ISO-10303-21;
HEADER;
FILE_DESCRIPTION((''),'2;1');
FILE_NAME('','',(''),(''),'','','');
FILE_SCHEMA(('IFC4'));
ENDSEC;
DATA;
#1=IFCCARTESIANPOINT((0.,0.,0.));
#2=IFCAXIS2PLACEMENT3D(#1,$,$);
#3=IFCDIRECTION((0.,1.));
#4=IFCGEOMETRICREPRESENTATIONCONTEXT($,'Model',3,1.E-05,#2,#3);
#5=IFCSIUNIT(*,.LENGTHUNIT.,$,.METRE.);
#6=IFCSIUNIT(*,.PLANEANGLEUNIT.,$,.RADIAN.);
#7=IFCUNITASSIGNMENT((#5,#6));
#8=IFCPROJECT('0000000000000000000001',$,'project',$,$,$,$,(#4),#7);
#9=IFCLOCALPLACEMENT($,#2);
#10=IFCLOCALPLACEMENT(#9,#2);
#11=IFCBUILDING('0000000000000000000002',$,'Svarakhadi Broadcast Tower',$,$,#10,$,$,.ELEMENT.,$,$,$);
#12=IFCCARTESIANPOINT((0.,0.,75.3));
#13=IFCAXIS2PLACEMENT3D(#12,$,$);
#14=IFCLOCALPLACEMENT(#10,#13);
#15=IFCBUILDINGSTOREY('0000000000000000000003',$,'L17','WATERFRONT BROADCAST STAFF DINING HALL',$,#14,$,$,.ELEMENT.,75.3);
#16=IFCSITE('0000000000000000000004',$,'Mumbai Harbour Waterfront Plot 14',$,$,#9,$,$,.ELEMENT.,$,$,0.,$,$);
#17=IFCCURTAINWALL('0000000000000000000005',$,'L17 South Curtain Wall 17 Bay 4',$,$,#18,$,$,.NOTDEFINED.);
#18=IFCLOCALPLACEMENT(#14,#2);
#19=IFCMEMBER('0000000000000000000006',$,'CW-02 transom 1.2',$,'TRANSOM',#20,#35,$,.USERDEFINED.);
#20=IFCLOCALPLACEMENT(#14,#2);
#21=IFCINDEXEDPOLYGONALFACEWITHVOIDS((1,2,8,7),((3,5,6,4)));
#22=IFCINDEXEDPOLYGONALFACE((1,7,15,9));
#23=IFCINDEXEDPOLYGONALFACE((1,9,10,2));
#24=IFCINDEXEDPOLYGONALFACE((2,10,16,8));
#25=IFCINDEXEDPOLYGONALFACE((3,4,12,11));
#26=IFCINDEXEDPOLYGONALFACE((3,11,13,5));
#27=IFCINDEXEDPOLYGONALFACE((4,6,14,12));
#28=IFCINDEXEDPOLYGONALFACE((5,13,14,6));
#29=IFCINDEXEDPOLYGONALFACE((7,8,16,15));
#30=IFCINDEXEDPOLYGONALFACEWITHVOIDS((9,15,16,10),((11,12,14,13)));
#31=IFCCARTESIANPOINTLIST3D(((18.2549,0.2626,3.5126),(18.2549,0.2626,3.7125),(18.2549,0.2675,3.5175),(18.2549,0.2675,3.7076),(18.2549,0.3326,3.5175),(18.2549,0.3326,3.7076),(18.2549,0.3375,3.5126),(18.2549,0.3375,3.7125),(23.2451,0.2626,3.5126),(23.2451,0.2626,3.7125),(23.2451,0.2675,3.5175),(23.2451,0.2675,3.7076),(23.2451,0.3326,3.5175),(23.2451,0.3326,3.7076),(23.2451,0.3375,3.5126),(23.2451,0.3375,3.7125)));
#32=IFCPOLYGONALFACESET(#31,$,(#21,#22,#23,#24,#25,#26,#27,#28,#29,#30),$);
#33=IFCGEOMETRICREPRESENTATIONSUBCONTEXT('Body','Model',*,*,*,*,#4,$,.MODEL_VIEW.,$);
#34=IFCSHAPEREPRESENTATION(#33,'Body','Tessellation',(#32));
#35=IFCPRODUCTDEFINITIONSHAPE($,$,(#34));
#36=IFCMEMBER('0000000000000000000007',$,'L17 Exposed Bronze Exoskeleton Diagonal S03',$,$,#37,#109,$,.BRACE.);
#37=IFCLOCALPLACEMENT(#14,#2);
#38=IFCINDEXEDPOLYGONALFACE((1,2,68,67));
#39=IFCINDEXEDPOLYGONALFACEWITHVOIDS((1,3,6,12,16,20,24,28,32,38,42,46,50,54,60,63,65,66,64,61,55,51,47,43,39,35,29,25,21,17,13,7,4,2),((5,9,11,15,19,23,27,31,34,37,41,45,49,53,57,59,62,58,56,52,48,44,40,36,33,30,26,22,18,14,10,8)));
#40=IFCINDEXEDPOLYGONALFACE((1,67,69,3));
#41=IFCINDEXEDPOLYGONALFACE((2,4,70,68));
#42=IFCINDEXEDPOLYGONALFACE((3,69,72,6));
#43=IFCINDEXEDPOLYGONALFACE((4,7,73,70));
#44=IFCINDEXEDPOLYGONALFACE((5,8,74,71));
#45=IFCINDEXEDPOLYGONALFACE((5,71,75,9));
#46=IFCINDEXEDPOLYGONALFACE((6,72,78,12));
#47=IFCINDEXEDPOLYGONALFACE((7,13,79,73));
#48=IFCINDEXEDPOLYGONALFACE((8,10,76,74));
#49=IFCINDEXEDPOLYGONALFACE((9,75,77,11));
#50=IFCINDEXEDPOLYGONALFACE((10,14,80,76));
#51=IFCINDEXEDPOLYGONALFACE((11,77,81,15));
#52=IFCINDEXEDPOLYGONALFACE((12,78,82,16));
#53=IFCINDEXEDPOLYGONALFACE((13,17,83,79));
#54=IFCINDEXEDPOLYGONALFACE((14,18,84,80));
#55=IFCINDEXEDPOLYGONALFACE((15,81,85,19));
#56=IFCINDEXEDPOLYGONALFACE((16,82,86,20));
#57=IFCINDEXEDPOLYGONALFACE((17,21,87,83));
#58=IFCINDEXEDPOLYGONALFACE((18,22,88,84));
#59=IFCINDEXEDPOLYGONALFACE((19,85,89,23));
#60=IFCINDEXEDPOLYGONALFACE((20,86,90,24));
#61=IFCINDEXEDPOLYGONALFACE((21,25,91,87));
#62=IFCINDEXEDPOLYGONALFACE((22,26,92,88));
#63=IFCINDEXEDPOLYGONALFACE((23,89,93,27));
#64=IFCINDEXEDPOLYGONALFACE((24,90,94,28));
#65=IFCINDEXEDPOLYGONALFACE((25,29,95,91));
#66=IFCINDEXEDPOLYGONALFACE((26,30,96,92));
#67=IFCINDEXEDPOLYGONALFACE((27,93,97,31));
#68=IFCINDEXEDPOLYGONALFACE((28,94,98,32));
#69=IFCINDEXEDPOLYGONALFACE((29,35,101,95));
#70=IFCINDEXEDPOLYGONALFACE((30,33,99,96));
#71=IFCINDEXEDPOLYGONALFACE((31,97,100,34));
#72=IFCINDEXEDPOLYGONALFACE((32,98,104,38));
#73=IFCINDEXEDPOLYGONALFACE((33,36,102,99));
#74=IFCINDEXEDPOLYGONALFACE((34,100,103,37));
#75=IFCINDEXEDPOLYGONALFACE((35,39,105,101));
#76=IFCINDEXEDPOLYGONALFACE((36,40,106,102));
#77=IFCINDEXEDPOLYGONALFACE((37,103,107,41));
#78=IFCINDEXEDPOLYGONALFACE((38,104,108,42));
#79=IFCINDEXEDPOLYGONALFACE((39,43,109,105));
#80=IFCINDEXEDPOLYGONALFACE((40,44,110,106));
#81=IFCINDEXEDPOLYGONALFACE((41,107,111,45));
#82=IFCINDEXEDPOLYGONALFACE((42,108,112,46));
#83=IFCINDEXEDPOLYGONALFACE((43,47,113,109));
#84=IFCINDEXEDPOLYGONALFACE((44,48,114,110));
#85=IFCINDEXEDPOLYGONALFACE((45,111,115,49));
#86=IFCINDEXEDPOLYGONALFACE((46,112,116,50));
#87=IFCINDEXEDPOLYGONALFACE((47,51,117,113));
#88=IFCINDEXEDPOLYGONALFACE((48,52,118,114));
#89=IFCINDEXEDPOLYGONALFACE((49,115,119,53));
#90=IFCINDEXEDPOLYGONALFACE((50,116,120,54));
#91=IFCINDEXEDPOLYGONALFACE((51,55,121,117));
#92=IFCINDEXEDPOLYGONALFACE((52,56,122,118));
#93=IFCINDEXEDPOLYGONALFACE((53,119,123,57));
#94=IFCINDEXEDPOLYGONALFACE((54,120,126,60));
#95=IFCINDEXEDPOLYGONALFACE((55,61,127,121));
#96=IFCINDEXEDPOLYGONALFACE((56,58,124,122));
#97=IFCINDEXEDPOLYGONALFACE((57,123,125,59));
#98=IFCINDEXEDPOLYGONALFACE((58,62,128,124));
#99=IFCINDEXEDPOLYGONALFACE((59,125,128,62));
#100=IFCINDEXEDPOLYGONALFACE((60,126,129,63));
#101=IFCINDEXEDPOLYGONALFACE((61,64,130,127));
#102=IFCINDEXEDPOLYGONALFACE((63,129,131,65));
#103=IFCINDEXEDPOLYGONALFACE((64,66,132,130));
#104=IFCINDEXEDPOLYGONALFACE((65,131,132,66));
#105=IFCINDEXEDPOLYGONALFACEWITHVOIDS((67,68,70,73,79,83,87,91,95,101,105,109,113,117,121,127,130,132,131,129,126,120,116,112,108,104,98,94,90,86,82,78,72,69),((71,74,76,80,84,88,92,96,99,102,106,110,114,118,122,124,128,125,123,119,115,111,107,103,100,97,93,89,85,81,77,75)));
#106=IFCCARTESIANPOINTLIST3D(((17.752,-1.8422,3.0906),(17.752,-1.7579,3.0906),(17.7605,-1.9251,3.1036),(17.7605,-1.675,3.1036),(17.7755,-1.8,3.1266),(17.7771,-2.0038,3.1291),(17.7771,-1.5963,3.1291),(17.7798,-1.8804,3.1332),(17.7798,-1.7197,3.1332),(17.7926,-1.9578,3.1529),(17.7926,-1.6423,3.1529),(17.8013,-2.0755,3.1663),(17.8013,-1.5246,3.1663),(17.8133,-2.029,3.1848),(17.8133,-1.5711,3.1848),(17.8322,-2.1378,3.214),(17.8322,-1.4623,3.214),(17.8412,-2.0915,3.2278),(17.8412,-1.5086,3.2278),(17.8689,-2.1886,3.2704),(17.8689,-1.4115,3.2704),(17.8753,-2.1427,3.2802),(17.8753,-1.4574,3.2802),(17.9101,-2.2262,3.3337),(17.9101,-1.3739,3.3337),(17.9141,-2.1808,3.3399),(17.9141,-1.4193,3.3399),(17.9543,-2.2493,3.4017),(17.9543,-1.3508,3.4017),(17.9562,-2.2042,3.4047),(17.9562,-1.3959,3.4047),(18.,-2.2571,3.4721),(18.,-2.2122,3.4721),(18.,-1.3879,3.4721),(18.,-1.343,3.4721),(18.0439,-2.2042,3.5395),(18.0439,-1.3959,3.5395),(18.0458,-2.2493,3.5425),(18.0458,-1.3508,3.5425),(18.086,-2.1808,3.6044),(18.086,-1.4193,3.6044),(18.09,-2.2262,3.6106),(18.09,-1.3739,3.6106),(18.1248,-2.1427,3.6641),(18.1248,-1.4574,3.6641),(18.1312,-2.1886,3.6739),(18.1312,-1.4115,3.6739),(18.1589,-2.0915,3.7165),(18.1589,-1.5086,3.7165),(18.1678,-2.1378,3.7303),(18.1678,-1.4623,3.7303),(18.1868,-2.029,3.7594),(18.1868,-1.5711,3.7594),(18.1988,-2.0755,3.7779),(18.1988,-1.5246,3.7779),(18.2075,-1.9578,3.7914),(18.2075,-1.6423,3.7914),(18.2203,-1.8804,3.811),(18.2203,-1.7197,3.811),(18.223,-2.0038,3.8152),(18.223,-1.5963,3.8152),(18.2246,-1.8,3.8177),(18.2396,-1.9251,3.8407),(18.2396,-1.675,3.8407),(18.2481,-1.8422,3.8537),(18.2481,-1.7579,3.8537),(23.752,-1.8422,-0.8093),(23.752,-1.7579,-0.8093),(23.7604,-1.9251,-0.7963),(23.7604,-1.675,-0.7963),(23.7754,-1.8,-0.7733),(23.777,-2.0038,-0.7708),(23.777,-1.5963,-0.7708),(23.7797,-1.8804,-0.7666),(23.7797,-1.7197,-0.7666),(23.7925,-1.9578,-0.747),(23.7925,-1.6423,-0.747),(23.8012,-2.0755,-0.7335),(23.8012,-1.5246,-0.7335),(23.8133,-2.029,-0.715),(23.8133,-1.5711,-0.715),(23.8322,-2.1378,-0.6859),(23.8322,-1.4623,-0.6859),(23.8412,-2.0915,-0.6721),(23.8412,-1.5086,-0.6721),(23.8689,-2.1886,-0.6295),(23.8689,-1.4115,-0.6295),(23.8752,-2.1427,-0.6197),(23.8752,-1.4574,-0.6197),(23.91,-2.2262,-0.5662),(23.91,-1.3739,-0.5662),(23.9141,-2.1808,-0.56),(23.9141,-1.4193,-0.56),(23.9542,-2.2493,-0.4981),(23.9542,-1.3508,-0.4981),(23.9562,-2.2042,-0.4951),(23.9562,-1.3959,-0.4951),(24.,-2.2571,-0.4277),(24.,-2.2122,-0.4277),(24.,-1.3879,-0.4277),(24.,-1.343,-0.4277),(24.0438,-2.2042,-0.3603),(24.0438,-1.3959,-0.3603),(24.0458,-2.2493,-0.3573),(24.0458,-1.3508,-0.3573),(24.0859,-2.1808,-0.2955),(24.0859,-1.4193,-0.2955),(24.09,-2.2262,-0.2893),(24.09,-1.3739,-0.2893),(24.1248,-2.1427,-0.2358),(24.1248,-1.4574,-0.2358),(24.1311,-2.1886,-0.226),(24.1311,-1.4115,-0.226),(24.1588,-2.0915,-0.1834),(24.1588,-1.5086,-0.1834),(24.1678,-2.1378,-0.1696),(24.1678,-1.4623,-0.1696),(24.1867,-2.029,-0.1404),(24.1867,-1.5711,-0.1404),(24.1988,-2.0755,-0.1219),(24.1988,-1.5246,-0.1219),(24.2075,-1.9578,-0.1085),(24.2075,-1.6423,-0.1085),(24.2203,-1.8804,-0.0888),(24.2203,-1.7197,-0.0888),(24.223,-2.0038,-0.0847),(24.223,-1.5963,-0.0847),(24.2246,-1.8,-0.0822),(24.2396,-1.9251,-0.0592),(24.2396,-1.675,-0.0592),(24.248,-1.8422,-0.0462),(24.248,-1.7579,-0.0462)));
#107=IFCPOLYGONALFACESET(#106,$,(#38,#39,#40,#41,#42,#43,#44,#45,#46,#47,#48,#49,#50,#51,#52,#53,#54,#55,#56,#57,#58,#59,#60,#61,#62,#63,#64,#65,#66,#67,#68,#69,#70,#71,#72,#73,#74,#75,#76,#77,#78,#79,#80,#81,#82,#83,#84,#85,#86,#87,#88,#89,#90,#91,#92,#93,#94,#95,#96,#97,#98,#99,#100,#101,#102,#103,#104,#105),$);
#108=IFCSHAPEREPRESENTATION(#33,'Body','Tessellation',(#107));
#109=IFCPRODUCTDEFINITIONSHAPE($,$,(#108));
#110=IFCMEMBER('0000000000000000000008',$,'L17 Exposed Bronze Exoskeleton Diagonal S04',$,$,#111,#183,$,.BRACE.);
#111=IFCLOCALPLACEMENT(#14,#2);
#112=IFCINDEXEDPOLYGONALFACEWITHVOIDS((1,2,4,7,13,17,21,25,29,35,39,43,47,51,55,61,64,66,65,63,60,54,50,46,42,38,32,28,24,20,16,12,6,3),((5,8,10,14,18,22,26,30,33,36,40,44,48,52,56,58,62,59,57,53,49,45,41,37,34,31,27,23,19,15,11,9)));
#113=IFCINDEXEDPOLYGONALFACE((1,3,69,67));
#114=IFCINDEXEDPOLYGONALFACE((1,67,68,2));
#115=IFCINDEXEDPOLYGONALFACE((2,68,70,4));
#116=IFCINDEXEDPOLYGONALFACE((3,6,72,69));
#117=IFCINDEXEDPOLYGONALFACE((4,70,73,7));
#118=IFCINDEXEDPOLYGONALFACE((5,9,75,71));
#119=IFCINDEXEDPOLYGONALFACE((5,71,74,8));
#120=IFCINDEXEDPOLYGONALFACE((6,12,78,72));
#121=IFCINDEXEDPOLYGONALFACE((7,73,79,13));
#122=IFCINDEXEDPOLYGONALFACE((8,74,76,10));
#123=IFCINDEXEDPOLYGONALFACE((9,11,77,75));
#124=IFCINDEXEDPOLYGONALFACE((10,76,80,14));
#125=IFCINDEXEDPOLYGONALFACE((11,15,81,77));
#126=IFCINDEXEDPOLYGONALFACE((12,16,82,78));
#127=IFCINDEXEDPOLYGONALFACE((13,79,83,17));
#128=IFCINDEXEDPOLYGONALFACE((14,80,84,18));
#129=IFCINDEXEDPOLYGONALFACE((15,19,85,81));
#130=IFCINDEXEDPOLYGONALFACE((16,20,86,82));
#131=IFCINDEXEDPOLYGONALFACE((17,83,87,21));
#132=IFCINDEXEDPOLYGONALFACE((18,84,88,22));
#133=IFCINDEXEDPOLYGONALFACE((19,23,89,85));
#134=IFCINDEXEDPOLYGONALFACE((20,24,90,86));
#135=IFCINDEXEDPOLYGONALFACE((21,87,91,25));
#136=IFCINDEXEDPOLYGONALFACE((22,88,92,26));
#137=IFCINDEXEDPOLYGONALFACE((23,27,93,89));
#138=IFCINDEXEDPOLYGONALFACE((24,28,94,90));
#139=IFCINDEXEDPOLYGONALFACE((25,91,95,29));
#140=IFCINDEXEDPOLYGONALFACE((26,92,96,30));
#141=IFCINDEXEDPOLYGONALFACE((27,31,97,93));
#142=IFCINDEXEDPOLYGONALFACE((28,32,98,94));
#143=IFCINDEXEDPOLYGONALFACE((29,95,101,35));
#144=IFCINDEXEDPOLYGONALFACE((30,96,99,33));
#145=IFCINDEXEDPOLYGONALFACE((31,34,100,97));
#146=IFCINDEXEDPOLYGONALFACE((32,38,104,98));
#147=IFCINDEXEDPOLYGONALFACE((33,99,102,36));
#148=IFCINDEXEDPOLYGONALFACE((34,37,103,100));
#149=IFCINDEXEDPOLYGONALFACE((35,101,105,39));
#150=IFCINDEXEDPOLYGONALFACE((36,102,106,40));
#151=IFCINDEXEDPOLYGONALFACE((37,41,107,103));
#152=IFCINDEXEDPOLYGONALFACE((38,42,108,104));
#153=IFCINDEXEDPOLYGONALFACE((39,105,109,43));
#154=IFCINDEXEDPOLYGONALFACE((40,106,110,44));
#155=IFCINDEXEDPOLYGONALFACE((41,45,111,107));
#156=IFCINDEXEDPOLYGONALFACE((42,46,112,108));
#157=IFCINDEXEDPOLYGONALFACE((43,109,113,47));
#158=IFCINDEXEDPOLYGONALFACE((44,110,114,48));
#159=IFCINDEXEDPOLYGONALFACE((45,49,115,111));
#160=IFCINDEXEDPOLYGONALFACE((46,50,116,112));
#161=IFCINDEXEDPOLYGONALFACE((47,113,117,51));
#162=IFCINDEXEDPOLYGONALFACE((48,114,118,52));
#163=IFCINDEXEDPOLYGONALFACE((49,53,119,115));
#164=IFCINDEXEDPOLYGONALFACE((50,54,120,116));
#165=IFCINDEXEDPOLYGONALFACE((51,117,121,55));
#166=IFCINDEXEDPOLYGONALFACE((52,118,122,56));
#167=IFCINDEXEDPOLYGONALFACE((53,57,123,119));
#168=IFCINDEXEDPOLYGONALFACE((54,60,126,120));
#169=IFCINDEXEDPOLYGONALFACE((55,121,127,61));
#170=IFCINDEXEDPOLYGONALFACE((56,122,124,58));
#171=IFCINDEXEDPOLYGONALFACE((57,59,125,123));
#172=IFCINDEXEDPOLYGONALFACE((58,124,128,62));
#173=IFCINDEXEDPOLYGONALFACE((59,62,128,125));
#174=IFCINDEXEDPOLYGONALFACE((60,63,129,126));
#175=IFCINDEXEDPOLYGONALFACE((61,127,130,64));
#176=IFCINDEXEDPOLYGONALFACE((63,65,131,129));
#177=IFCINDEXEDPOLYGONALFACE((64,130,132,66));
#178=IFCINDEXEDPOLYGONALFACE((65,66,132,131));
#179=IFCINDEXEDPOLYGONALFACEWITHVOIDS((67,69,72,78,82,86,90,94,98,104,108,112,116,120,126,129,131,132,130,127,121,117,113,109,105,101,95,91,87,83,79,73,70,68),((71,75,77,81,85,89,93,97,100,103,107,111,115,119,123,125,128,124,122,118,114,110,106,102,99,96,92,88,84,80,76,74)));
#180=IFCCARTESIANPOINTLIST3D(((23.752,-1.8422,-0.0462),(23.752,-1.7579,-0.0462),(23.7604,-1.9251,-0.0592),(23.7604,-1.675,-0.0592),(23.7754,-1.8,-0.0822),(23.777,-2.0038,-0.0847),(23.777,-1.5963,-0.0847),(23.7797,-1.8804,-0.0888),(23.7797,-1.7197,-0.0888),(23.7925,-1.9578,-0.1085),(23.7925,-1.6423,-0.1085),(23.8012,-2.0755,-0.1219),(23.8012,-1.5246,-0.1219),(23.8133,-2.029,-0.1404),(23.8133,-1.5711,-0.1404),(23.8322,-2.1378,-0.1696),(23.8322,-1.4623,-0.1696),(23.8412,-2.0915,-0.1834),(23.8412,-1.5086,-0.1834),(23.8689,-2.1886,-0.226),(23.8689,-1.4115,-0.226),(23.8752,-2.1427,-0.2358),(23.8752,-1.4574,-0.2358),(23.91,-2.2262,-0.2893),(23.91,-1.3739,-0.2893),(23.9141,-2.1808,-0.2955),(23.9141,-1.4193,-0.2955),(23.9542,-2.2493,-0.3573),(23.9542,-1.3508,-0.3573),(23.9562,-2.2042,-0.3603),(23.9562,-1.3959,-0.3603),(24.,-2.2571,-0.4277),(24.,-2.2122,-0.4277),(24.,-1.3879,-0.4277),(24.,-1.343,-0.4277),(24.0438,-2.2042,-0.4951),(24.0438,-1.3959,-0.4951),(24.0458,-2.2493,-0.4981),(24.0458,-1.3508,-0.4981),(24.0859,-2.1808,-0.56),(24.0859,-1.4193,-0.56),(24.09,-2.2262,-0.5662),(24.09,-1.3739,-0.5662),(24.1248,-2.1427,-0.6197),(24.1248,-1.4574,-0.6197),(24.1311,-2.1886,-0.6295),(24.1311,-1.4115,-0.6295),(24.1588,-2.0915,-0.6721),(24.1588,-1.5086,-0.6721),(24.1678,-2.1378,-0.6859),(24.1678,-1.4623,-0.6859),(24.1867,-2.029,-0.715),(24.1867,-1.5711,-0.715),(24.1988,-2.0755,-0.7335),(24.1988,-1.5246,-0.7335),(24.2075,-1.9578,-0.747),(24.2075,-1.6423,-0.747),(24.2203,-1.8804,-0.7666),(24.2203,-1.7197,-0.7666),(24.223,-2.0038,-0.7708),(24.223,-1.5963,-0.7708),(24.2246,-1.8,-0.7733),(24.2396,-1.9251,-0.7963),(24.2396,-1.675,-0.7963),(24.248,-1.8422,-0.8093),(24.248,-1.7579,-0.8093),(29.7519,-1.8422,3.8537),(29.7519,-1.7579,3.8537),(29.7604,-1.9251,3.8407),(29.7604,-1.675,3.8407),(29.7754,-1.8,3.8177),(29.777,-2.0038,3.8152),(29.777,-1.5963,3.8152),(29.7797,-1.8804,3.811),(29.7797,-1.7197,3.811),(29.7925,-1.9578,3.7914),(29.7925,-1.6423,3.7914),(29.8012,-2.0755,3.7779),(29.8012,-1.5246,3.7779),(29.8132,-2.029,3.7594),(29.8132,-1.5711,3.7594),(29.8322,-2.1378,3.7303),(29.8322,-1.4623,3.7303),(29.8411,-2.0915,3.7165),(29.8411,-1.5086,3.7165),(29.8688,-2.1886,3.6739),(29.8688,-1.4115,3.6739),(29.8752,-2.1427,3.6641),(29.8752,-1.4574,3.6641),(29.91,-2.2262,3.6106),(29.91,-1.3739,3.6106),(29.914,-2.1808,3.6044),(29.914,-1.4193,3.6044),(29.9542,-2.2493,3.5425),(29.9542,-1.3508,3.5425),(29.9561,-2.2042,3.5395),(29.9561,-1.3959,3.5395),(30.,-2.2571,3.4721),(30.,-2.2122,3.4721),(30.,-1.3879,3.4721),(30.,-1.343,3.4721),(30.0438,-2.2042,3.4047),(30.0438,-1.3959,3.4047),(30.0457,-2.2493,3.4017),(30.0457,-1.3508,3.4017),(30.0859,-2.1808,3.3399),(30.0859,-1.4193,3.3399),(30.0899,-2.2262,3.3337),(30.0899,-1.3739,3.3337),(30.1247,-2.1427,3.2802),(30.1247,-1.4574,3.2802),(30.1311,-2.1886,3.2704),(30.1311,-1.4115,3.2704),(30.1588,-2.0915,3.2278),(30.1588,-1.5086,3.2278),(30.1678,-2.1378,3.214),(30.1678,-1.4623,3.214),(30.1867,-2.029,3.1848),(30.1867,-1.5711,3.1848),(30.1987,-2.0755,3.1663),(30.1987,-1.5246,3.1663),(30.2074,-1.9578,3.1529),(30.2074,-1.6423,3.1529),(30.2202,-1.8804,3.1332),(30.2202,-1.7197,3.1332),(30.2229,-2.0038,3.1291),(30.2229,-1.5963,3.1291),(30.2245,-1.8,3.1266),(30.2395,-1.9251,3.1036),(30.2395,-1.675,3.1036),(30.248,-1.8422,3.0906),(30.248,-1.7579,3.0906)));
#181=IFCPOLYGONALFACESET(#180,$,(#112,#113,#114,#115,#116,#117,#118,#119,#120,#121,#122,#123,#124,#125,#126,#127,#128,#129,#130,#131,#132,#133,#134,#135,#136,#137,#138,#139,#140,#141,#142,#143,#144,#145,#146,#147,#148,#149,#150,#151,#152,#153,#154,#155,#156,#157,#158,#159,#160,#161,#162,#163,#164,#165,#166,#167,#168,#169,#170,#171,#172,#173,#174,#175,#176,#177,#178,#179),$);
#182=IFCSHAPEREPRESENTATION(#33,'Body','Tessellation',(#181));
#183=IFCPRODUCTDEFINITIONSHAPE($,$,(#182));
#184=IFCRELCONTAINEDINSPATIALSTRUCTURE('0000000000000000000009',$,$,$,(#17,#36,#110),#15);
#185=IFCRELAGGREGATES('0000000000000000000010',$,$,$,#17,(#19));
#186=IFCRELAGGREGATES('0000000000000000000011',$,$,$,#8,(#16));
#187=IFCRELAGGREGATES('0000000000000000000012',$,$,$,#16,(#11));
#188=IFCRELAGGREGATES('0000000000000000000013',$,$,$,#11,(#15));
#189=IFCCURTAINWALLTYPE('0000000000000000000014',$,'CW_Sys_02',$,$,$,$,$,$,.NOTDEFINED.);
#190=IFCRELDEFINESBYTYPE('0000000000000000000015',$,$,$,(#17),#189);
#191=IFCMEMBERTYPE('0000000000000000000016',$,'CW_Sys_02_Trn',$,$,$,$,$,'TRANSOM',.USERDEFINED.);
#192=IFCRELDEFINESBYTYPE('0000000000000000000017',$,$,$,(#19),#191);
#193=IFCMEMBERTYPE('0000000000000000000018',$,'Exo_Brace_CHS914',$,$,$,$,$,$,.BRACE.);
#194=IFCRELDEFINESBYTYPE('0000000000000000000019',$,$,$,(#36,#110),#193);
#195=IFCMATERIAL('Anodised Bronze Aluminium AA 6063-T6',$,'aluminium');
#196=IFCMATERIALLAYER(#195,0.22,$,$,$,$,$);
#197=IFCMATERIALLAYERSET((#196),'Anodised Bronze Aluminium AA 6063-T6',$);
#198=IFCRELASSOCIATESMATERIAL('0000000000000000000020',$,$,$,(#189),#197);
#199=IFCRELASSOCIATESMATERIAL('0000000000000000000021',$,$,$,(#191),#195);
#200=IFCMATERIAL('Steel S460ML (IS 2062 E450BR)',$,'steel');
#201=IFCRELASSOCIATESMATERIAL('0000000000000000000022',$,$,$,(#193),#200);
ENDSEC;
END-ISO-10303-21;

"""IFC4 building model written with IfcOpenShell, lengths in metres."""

from ifc_helpers import new_model, si_unit, direction, frame, origin, origin_2d, place, context, subcontext, project, spatial, hollow_rectangle, hollow_circle, extrude, material, layer, layer_set, material_profile, profile_set, type_object, element, aggregate, save


model = new_model("IFC4")

# Units and contexts
model_context = context("Model", 3, precision=1e-05, world=origin(), true_north=direction((0.0, 1.0)))
body_context = subcontext(model_context, "Body", "Model", "MODEL_VIEW")
ifc_project = project(units=[si_unit("LENGTHUNIT", "METRE"), si_unit("PLANEANGLEUNIT", "RADIAN")], contexts=[model_context])

# Site, building, storey
site_placement = place(None, origin())
site = spatial("IfcSite", under=ifc_project, at=site_placement, Name="Mumbai Harbour Waterfront Plot 14", CompositionType="ELEMENT", RefElevation=0.0)
building_placement = place(site_placement, origin())
building = spatial("IfcBuilding", under=site, at=building_placement, Name="Svarakhadi Broadcast Tower", CompositionType="ELEMENT")
storey_placement = place(building_placement, frame((0.0, 0.0, 75.3)))
storey = spatial("IfcBuildingStorey", under=building, at=storey_placement, Name="L17", Description="WATERFRONT BROADCAST STAFF DINING HALL", CompositionType="ELEMENT", Elevation=75.3)

# Shared definitions
ifc_material_1 = material(Name="Anodised Bronze Aluminium AA 6063-T6", Category="aluminium")
ifc_layer_1 = layer(ifc_material_1, 0.22)
ifc_layer_set_1 = layer_set([ifc_layer_1], Name="Anodised Bronze Aluminium AA 6063-T6")
curtain_wall_type = type_object("IfcCurtainWallType", Name="CW_Sys_02", PredefinedType="NOTDEFINED", material=ifc_layer_set_1)

# Curtain wall, member
curtain_wall_1_placement = place(storey_placement, origin())
curtain_wall_1 = element("IfcCurtainWall", 1, at=curtain_wall_1_placement, inside=storey, type_object=curtain_wall_type, Name="L17 South Curtain Wall 17 Bay 4", PredefinedType="NOTDEFINED")
ifc_material_profile_1 = material_profile(ifc_material_1, hollow_rectangle(XDim=0.075, YDim=0.2, WallThickness=0.0049, at=origin_2d()), Name="ALU TRANSOM 200x75x5")
ifc_profile_set_1 = profile_set([ifc_material_profile_1], Name="Anodised Bronze Aluminium AA 6063-T6")
member_type_1 = type_object("IfcMemberType", Name="CW_Sys_02_Trn", ElementType="TRANSOM", PredefinedType="USERDEFINED", material=ifc_profile_set_1)
member_1_placement = place(storey_placement, frame((23.2451, 0.3, 3.6125), z_axis=(-1.0, 0.0, 0.0), x_axis=(0.0, -1.0, 0.0)))
member_1 = element("IfcMember", 2, at=member_1_placement, type_object=member_type_1, Name="CW-02 transom 1.2", ObjectType="TRANSOM", PredefinedType="USERDEFINED", context=body_context, shape_type="SweptSolid", body=[
    extrude(hollow_rectangle(XDim=0.075, YDim=0.2, WallThickness=0.0049, at=origin_2d()), origin(), (0.0, 0.0, 1.0), 4.9902),
])

# Members
ifc_material_2 = material(Name="Steel S460ML (IS 2062 E450BR)", Category="steel")
ifc_material_profile_2 = material_profile(ifc_material_2, hollow_circle(Radius=0.457, WallThickness=0.0449, at=origin_2d()), Name="CHS 914x45")
ifc_profile_set_2 = profile_set([ifc_material_profile_2], Name="Steel S460ML (IS 2062 E450BR)")
member_type_2 = type_object("IfcMemberType", Name="Exo_Brace_CHS914", PredefinedType="BRACE", material=ifc_profile_set_2)
for number, where, z_axis, x_axis, name in (
    (3, (24.0, -1.8, -0.4277), (-0.83845, 0.0, 0.544979), (0.0, -1.0, 0.0), "L17 Exposed Bronze Exoskeleton Diagonal S03"),
    (4, (24.0, -1.8, -0.4277), (0.83845, 0.0, 0.544979), (0.0, 1.0, 0.0), "L17 Exposed Bronze Exoskeleton Diagonal S04"),
):
    element("IfcMember", number, at=place(storey_placement, frame(where, z_axis=z_axis, x_axis=x_axis)), inside=storey, type_object=member_type_2, Name=name, PredefinedType="BRACE", context=body_context, shape_type="SweptSolid", body=[
        extrude(hollow_circle(Radius=0.457, WallThickness=0.0449, at=origin_2d()), origin(), (0.0, 0.0, 1.0), 7.156),
    ])

aggregate(curtain_wall_1, [member_1])

save(model, "model.ifc")
